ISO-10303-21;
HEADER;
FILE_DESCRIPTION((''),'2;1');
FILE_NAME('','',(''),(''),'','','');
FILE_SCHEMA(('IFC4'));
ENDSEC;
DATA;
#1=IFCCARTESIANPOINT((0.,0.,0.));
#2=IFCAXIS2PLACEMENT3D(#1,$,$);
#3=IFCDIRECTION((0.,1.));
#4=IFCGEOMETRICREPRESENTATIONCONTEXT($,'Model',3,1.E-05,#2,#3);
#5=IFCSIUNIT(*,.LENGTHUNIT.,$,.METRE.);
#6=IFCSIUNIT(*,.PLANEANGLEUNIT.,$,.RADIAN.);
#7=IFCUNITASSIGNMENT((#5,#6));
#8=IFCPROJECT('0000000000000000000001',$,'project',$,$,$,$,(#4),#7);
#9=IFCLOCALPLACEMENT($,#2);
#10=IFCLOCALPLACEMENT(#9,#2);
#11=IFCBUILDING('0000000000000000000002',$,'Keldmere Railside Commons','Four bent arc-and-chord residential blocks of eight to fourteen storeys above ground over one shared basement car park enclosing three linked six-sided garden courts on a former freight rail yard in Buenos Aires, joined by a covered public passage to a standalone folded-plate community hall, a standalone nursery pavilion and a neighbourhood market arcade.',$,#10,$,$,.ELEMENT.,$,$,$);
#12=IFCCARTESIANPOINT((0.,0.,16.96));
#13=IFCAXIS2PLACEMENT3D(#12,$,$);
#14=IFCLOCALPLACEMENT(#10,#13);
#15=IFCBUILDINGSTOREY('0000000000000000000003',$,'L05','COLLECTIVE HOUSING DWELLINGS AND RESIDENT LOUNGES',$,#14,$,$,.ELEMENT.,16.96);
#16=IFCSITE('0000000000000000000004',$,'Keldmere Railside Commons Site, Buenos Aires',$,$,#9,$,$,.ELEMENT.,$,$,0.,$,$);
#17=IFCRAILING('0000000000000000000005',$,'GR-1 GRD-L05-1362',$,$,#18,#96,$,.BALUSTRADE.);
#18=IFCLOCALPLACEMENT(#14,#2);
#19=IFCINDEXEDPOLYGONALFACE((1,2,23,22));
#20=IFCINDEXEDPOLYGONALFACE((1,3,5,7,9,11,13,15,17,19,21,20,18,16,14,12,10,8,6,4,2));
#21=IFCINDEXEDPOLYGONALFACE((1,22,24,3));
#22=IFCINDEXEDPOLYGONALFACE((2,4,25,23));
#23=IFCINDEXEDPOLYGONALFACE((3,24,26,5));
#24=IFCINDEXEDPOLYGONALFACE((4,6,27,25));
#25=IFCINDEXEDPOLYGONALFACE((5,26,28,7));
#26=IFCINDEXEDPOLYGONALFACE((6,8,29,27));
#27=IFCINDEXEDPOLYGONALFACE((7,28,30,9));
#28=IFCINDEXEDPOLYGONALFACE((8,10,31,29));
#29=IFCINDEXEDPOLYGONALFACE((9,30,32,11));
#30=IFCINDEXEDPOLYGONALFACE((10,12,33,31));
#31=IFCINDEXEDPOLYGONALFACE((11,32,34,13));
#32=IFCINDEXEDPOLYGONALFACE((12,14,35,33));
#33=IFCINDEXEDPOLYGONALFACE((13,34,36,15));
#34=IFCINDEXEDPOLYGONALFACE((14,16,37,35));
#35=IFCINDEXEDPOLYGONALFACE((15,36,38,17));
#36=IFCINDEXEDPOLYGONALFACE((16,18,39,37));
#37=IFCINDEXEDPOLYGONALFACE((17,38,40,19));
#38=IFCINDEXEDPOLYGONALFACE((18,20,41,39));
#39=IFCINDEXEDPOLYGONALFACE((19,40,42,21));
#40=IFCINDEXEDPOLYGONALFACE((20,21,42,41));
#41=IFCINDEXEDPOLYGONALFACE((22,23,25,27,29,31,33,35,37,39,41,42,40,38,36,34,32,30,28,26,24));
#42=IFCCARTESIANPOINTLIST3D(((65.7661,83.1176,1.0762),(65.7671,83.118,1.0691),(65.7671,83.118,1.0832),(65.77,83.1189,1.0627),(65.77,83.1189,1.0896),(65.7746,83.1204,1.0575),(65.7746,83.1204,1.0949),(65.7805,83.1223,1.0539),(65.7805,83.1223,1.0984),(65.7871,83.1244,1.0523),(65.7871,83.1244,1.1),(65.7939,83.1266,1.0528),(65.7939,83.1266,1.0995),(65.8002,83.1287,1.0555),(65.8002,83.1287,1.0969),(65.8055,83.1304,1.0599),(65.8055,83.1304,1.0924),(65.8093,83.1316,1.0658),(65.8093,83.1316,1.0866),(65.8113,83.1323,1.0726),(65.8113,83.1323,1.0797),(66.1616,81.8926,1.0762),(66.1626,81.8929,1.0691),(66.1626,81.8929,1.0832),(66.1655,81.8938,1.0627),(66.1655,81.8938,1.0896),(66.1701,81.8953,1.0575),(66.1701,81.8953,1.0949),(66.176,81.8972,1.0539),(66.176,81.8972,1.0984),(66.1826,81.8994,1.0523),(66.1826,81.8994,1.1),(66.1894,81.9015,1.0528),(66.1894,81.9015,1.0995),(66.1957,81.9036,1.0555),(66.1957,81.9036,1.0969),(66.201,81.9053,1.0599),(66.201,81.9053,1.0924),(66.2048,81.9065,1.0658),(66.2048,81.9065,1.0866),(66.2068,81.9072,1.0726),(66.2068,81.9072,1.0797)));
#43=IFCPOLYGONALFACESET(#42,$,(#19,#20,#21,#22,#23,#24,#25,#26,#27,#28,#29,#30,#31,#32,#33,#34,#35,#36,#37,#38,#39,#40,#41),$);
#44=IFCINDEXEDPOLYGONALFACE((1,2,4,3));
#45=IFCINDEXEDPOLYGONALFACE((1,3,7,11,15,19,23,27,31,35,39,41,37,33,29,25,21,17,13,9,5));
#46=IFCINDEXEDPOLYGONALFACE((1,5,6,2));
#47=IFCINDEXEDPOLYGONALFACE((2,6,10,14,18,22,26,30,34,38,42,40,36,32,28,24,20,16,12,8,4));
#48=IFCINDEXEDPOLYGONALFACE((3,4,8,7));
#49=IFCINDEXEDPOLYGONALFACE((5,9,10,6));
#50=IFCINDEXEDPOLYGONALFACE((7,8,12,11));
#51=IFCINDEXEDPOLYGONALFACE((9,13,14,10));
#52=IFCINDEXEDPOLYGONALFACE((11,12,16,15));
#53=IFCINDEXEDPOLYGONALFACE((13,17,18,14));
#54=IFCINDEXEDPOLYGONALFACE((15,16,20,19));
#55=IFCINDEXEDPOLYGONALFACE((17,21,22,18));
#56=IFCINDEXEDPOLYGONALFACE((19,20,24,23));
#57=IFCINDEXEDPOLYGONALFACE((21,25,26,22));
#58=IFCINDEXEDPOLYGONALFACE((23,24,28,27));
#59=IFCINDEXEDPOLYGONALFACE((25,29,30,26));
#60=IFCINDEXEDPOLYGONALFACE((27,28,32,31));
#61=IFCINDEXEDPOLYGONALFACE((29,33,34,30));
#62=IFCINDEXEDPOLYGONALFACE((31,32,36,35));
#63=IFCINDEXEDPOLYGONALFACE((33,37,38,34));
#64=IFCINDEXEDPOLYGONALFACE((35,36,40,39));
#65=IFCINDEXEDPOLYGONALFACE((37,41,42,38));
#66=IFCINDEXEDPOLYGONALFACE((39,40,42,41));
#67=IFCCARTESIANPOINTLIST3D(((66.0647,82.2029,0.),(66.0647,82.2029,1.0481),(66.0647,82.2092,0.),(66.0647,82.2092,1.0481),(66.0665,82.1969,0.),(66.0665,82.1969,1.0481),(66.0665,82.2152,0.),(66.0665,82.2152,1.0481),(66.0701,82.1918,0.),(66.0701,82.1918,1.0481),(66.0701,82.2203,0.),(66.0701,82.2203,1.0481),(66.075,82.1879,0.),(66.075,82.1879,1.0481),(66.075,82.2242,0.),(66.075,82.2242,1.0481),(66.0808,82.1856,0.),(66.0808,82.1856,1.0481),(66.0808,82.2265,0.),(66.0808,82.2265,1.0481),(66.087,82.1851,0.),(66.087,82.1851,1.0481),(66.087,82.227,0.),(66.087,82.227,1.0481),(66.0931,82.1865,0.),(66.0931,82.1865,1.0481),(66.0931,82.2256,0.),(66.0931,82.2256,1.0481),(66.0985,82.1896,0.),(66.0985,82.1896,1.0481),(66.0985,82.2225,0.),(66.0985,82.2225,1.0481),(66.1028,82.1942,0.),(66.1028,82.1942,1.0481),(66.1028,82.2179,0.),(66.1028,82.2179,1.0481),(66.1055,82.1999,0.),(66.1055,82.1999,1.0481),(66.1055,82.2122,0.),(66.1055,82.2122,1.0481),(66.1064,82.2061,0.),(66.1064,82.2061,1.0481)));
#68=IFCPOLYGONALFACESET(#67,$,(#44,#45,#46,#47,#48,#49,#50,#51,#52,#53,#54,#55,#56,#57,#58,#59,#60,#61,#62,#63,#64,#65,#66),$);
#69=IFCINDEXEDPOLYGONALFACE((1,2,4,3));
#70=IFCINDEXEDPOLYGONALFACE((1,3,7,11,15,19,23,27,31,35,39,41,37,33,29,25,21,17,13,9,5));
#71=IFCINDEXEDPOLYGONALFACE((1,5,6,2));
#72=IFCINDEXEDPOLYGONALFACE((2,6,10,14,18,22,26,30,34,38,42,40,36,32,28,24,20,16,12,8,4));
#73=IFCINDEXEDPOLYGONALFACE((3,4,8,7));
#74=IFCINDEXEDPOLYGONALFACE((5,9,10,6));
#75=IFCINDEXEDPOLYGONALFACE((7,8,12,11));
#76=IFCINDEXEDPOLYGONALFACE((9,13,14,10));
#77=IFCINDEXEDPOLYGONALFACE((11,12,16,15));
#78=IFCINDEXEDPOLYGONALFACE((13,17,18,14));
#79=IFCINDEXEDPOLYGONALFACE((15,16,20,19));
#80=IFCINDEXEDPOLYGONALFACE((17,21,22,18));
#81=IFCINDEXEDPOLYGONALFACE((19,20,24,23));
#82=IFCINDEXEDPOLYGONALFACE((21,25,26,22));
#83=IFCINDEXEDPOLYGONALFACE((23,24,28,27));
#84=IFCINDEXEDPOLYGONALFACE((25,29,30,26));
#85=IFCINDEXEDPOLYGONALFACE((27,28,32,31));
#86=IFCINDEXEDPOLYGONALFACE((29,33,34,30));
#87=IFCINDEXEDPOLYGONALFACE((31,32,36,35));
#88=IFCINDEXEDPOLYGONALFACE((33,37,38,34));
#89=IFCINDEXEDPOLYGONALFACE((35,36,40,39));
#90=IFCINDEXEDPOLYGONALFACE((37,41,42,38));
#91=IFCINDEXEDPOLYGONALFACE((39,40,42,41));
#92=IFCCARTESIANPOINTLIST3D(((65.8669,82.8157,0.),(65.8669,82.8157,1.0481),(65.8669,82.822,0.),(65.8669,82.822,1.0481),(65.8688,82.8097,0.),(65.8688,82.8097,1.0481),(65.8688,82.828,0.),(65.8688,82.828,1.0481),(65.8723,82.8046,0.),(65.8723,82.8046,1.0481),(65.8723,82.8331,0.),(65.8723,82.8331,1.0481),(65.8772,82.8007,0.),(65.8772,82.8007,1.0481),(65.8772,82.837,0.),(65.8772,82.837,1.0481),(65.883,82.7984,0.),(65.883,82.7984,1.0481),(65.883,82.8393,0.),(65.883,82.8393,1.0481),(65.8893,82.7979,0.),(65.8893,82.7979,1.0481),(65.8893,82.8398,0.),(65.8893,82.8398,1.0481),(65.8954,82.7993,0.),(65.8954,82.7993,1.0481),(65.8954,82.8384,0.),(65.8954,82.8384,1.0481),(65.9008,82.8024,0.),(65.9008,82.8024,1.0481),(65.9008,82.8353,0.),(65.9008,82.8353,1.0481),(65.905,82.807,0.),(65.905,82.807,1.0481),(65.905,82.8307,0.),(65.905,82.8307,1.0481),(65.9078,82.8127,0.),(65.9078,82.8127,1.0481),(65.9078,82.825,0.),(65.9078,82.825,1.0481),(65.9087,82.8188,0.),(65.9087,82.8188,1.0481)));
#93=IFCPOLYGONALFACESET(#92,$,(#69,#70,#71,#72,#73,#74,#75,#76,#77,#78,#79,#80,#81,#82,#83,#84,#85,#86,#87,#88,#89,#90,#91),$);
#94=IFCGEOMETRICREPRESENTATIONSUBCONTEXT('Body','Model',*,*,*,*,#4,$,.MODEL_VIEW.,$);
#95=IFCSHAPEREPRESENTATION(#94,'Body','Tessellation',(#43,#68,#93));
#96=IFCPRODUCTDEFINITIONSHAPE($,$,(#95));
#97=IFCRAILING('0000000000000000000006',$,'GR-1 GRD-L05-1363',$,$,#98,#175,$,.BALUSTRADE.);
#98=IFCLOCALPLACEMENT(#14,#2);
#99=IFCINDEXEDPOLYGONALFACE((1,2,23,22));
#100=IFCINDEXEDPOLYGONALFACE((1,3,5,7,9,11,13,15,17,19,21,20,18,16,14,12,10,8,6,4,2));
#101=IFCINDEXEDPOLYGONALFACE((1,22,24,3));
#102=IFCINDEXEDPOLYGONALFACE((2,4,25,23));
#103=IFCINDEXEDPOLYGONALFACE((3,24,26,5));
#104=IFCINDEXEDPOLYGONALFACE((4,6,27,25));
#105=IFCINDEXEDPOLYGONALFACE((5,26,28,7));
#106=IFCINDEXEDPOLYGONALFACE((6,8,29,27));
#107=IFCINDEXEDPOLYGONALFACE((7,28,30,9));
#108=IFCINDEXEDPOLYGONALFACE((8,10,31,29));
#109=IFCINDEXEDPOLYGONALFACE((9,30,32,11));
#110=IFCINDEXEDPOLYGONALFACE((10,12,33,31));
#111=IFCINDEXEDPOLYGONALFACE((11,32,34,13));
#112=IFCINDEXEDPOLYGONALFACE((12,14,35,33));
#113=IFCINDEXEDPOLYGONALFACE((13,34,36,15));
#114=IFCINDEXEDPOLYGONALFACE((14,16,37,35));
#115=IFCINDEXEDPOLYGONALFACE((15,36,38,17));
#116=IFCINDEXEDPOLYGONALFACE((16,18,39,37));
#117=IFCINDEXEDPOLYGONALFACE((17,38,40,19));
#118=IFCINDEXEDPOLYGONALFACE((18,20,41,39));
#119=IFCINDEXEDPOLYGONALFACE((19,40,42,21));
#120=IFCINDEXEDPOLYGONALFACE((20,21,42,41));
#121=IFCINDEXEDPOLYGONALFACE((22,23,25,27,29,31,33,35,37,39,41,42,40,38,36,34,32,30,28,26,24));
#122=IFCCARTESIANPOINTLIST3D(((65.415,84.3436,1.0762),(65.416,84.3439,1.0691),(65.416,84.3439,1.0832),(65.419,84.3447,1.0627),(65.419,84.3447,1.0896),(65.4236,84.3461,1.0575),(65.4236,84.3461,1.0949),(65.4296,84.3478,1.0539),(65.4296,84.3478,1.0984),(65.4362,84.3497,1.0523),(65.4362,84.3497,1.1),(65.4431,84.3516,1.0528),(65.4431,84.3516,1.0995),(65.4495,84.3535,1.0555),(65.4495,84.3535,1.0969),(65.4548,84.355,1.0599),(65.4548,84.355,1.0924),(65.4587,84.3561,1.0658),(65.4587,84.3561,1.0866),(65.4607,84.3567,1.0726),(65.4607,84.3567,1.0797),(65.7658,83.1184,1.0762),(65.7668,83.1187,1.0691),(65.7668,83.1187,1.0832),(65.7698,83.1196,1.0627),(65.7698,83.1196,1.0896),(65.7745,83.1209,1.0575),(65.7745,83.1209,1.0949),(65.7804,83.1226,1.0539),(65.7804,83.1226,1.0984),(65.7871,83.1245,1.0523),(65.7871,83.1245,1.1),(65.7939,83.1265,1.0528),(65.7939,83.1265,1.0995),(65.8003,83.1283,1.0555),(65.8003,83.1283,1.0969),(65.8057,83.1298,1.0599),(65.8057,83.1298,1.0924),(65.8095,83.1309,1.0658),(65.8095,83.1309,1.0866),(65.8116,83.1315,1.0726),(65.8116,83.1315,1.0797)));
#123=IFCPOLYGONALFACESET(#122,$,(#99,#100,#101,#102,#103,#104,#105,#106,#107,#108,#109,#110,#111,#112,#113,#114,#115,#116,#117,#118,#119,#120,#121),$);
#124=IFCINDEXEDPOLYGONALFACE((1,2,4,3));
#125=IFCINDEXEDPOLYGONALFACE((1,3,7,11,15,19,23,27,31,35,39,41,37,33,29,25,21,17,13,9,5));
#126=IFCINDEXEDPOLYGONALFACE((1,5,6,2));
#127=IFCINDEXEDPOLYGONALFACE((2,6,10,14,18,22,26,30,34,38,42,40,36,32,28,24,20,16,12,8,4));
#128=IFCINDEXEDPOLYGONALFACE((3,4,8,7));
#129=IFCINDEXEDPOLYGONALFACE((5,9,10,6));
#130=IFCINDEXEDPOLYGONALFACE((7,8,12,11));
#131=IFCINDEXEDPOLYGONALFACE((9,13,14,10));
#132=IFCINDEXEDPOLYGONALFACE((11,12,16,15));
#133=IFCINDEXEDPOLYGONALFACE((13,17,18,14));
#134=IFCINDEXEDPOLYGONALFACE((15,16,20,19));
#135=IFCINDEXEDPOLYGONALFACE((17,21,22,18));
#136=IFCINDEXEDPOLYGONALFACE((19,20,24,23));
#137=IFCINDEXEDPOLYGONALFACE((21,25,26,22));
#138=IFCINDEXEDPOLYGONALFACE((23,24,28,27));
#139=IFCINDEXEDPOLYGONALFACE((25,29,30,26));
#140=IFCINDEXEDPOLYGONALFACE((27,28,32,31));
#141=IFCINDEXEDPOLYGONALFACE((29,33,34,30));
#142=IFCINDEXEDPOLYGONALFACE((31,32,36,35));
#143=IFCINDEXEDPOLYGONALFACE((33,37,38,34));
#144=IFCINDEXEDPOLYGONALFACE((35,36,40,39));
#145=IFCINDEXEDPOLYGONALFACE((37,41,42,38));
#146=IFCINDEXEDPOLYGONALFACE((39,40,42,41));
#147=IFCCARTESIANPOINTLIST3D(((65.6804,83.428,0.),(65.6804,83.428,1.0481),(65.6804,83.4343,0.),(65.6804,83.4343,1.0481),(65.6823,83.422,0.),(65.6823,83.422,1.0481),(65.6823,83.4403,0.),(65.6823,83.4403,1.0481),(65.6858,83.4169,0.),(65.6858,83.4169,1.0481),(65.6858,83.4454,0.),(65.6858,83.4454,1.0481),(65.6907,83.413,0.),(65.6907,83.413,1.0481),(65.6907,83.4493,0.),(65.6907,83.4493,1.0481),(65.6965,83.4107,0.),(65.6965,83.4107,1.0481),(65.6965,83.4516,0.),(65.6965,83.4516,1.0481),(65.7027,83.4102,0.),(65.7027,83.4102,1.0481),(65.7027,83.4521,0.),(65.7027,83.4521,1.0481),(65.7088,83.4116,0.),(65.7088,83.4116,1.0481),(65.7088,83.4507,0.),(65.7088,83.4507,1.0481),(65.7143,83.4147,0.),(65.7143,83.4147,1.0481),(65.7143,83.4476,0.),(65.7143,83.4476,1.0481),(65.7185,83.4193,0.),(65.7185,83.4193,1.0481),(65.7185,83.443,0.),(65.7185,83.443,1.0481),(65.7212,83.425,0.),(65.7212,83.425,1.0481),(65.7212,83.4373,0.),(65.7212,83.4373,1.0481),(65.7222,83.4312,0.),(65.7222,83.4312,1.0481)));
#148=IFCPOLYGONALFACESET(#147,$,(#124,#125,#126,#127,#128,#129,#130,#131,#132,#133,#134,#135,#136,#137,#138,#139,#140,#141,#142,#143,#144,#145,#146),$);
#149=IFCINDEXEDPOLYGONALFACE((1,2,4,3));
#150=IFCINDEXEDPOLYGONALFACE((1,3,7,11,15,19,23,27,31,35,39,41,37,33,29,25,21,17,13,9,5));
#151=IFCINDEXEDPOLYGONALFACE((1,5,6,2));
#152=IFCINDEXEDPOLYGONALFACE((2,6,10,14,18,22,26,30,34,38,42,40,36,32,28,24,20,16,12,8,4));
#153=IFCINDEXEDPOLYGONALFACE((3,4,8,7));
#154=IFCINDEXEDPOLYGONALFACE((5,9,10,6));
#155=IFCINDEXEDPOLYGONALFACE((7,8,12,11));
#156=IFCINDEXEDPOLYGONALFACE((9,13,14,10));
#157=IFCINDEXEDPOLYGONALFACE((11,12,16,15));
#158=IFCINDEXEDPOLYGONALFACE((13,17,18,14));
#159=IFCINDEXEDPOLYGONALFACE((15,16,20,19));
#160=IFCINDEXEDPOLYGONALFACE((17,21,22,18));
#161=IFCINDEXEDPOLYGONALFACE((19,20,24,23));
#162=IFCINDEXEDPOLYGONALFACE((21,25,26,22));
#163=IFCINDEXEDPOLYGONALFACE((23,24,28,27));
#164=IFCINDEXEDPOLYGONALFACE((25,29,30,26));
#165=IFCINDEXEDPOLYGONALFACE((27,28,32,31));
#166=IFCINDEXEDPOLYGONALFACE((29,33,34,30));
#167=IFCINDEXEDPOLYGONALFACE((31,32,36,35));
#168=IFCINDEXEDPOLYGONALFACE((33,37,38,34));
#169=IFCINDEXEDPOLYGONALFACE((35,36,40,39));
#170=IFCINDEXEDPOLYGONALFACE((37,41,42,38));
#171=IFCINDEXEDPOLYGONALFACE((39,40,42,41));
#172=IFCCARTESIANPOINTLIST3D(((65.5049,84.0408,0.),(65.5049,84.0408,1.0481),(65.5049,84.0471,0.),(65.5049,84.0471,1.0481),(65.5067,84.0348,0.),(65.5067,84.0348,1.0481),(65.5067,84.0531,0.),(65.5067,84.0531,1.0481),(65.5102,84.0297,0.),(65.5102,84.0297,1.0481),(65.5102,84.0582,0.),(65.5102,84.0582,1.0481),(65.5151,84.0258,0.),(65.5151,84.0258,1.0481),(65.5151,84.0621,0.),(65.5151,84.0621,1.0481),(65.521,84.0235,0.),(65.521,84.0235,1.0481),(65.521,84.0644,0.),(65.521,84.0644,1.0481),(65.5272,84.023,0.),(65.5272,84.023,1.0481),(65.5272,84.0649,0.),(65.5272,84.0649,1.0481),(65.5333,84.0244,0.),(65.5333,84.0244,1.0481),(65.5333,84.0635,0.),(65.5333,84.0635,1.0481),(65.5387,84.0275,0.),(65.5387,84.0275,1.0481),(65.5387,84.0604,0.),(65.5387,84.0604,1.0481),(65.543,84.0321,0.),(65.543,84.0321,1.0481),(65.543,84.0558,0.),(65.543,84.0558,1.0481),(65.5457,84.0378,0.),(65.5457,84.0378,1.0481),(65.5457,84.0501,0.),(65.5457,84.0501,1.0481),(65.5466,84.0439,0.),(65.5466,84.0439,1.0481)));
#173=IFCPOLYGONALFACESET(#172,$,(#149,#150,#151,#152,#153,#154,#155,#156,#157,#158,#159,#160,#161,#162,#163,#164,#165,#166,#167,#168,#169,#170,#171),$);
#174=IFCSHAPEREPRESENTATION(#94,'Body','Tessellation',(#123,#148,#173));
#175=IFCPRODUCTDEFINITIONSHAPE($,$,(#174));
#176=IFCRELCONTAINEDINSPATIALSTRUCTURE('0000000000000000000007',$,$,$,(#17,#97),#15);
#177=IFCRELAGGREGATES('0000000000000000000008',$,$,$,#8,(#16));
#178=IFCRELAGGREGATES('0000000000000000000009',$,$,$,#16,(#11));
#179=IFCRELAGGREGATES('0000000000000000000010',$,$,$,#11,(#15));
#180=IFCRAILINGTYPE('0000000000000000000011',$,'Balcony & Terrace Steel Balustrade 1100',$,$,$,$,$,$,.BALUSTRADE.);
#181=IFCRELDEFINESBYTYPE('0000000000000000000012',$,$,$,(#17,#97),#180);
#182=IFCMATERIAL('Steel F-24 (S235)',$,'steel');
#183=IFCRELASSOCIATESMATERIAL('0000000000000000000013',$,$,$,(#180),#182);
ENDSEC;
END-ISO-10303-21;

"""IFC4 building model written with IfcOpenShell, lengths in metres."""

from ifc_helpers import new_model, si_unit, direction, frame, origin, origin_2d, place, context, subcontext, project, spatial, circle, extrude, material, type_object, element, save


model = new_model("IFC4")

# Units and contexts
model_context = context("Model", 3, precision=1e-05, world=origin(), true_north=direction((0.0, 1.0)))
body_context = subcontext(model_context, "Body", "Model", "MODEL_VIEW")
ifc_project = project(units=[si_unit("LENGTHUNIT", "METRE"), si_unit("PLANEANGLEUNIT", "RADIAN")], contexts=[model_context])

# Site, building, storey
site_placement = place(None, origin())
site = spatial("IfcSite", under=ifc_project, at=site_placement, Name="Keldmere Railside Commons Site, Buenos Aires", CompositionType="ELEMENT", RefElevation=0.0)
building_placement = place(site_placement, origin())
building = spatial("IfcBuilding", under=site, at=building_placement, Name="Keldmere Railside Commons", Description="Four bent arc-and-chord residential blocks of eight to fourteen storeys above ground over one shared basement car park enclosing three linked six-sided garden courts on a former freight rail yard in Buenos Aires, joined by a covered public passage to a standalone folded-plate community hall, a standalone nursery pavilion and a neighbourhood market arcade.", CompositionType="ELEMENT")
storey_placement = place(building_placement, frame((0.0, 0.0, 16.96)))
storey = spatial("IfcBuildingStorey", under=building, at=storey_placement, Name="L05", Description="COLLECTIVE HOUSING DWELLINGS AND RESIDENT LOUNGES", CompositionType="ELEMENT", Elevation=16.96)

# Railings
ifc_material_1 = material(Name="Steel F-24 (S235)", Category="steel")
railing_type = type_object("IfcRailingType", Name="Balcony & Terrace Steel Balustrade 1100", PredefinedType="BALUSTRADE", material=ifc_material_1)
railing_1_placement = place(storey_placement, frame((66.1843, 81.8999, 0.0)))
element("IfcRailing", 1, at=railing_1_placement, inside=storey, type_object=railing_type, Name="GR-1 GRD-L05-1362", PredefinedType="BALUSTRADE", context=body_context, shape_type="SweptSolid", body=[
    extrude(circle(Radius=0.0239, at=origin_2d()), frame((0.0, 0.0, 1.0762), z_axis=(-0.307224, 0.951637, 0.0), x_axis=(-0.951637, -0.307224, 0.0)), (0.0, 0.0, 1.0), 1.2874),
    extrude(circle(Radius=0.021, at=origin_2d()), frame((-0.0989, 0.3062, 0.0)), (0.0, 0.0, 1.0), 1.0481),
    extrude(circle(Radius=0.021, at=origin_2d()), frame((-0.2966, 0.9189, 0.0)), (0.0, 0.0, 1.0), 1.0481),
])
railing_2_placement = place(storey_placement, frame((65.7888, 83.125, 0.0)))
element("IfcRailing", 2, at=railing_2_placement, inside=storey, type_object=railing_type, Name="GR-1 GRD-L05-1363", PredefinedType="BALUSTRADE", context=body_context, shape_type="SweptSolid", body=[
    extrude(circle(Radius=0.0239, at=origin_2d()), frame((0.0, 0.0, 1.0762), z_axis=(-0.275303, 0.961357, 0.0), x_axis=(-0.961357, -0.275303, 0.0)), (0.0, 0.0, 1.0), 1.2744),
    extrude(circle(Radius=0.021, at=origin_2d()), frame((-0.0876, 0.3062, 0.0)), (0.0, 0.0, 1.0), 1.0481),
    extrude(circle(Radius=0.021, at=origin_2d()), frame((-0.2632, 0.9189, 0.0)), (0.0, 0.0, 1.0), 1.0481),
])

save(model, "model.ifc")
